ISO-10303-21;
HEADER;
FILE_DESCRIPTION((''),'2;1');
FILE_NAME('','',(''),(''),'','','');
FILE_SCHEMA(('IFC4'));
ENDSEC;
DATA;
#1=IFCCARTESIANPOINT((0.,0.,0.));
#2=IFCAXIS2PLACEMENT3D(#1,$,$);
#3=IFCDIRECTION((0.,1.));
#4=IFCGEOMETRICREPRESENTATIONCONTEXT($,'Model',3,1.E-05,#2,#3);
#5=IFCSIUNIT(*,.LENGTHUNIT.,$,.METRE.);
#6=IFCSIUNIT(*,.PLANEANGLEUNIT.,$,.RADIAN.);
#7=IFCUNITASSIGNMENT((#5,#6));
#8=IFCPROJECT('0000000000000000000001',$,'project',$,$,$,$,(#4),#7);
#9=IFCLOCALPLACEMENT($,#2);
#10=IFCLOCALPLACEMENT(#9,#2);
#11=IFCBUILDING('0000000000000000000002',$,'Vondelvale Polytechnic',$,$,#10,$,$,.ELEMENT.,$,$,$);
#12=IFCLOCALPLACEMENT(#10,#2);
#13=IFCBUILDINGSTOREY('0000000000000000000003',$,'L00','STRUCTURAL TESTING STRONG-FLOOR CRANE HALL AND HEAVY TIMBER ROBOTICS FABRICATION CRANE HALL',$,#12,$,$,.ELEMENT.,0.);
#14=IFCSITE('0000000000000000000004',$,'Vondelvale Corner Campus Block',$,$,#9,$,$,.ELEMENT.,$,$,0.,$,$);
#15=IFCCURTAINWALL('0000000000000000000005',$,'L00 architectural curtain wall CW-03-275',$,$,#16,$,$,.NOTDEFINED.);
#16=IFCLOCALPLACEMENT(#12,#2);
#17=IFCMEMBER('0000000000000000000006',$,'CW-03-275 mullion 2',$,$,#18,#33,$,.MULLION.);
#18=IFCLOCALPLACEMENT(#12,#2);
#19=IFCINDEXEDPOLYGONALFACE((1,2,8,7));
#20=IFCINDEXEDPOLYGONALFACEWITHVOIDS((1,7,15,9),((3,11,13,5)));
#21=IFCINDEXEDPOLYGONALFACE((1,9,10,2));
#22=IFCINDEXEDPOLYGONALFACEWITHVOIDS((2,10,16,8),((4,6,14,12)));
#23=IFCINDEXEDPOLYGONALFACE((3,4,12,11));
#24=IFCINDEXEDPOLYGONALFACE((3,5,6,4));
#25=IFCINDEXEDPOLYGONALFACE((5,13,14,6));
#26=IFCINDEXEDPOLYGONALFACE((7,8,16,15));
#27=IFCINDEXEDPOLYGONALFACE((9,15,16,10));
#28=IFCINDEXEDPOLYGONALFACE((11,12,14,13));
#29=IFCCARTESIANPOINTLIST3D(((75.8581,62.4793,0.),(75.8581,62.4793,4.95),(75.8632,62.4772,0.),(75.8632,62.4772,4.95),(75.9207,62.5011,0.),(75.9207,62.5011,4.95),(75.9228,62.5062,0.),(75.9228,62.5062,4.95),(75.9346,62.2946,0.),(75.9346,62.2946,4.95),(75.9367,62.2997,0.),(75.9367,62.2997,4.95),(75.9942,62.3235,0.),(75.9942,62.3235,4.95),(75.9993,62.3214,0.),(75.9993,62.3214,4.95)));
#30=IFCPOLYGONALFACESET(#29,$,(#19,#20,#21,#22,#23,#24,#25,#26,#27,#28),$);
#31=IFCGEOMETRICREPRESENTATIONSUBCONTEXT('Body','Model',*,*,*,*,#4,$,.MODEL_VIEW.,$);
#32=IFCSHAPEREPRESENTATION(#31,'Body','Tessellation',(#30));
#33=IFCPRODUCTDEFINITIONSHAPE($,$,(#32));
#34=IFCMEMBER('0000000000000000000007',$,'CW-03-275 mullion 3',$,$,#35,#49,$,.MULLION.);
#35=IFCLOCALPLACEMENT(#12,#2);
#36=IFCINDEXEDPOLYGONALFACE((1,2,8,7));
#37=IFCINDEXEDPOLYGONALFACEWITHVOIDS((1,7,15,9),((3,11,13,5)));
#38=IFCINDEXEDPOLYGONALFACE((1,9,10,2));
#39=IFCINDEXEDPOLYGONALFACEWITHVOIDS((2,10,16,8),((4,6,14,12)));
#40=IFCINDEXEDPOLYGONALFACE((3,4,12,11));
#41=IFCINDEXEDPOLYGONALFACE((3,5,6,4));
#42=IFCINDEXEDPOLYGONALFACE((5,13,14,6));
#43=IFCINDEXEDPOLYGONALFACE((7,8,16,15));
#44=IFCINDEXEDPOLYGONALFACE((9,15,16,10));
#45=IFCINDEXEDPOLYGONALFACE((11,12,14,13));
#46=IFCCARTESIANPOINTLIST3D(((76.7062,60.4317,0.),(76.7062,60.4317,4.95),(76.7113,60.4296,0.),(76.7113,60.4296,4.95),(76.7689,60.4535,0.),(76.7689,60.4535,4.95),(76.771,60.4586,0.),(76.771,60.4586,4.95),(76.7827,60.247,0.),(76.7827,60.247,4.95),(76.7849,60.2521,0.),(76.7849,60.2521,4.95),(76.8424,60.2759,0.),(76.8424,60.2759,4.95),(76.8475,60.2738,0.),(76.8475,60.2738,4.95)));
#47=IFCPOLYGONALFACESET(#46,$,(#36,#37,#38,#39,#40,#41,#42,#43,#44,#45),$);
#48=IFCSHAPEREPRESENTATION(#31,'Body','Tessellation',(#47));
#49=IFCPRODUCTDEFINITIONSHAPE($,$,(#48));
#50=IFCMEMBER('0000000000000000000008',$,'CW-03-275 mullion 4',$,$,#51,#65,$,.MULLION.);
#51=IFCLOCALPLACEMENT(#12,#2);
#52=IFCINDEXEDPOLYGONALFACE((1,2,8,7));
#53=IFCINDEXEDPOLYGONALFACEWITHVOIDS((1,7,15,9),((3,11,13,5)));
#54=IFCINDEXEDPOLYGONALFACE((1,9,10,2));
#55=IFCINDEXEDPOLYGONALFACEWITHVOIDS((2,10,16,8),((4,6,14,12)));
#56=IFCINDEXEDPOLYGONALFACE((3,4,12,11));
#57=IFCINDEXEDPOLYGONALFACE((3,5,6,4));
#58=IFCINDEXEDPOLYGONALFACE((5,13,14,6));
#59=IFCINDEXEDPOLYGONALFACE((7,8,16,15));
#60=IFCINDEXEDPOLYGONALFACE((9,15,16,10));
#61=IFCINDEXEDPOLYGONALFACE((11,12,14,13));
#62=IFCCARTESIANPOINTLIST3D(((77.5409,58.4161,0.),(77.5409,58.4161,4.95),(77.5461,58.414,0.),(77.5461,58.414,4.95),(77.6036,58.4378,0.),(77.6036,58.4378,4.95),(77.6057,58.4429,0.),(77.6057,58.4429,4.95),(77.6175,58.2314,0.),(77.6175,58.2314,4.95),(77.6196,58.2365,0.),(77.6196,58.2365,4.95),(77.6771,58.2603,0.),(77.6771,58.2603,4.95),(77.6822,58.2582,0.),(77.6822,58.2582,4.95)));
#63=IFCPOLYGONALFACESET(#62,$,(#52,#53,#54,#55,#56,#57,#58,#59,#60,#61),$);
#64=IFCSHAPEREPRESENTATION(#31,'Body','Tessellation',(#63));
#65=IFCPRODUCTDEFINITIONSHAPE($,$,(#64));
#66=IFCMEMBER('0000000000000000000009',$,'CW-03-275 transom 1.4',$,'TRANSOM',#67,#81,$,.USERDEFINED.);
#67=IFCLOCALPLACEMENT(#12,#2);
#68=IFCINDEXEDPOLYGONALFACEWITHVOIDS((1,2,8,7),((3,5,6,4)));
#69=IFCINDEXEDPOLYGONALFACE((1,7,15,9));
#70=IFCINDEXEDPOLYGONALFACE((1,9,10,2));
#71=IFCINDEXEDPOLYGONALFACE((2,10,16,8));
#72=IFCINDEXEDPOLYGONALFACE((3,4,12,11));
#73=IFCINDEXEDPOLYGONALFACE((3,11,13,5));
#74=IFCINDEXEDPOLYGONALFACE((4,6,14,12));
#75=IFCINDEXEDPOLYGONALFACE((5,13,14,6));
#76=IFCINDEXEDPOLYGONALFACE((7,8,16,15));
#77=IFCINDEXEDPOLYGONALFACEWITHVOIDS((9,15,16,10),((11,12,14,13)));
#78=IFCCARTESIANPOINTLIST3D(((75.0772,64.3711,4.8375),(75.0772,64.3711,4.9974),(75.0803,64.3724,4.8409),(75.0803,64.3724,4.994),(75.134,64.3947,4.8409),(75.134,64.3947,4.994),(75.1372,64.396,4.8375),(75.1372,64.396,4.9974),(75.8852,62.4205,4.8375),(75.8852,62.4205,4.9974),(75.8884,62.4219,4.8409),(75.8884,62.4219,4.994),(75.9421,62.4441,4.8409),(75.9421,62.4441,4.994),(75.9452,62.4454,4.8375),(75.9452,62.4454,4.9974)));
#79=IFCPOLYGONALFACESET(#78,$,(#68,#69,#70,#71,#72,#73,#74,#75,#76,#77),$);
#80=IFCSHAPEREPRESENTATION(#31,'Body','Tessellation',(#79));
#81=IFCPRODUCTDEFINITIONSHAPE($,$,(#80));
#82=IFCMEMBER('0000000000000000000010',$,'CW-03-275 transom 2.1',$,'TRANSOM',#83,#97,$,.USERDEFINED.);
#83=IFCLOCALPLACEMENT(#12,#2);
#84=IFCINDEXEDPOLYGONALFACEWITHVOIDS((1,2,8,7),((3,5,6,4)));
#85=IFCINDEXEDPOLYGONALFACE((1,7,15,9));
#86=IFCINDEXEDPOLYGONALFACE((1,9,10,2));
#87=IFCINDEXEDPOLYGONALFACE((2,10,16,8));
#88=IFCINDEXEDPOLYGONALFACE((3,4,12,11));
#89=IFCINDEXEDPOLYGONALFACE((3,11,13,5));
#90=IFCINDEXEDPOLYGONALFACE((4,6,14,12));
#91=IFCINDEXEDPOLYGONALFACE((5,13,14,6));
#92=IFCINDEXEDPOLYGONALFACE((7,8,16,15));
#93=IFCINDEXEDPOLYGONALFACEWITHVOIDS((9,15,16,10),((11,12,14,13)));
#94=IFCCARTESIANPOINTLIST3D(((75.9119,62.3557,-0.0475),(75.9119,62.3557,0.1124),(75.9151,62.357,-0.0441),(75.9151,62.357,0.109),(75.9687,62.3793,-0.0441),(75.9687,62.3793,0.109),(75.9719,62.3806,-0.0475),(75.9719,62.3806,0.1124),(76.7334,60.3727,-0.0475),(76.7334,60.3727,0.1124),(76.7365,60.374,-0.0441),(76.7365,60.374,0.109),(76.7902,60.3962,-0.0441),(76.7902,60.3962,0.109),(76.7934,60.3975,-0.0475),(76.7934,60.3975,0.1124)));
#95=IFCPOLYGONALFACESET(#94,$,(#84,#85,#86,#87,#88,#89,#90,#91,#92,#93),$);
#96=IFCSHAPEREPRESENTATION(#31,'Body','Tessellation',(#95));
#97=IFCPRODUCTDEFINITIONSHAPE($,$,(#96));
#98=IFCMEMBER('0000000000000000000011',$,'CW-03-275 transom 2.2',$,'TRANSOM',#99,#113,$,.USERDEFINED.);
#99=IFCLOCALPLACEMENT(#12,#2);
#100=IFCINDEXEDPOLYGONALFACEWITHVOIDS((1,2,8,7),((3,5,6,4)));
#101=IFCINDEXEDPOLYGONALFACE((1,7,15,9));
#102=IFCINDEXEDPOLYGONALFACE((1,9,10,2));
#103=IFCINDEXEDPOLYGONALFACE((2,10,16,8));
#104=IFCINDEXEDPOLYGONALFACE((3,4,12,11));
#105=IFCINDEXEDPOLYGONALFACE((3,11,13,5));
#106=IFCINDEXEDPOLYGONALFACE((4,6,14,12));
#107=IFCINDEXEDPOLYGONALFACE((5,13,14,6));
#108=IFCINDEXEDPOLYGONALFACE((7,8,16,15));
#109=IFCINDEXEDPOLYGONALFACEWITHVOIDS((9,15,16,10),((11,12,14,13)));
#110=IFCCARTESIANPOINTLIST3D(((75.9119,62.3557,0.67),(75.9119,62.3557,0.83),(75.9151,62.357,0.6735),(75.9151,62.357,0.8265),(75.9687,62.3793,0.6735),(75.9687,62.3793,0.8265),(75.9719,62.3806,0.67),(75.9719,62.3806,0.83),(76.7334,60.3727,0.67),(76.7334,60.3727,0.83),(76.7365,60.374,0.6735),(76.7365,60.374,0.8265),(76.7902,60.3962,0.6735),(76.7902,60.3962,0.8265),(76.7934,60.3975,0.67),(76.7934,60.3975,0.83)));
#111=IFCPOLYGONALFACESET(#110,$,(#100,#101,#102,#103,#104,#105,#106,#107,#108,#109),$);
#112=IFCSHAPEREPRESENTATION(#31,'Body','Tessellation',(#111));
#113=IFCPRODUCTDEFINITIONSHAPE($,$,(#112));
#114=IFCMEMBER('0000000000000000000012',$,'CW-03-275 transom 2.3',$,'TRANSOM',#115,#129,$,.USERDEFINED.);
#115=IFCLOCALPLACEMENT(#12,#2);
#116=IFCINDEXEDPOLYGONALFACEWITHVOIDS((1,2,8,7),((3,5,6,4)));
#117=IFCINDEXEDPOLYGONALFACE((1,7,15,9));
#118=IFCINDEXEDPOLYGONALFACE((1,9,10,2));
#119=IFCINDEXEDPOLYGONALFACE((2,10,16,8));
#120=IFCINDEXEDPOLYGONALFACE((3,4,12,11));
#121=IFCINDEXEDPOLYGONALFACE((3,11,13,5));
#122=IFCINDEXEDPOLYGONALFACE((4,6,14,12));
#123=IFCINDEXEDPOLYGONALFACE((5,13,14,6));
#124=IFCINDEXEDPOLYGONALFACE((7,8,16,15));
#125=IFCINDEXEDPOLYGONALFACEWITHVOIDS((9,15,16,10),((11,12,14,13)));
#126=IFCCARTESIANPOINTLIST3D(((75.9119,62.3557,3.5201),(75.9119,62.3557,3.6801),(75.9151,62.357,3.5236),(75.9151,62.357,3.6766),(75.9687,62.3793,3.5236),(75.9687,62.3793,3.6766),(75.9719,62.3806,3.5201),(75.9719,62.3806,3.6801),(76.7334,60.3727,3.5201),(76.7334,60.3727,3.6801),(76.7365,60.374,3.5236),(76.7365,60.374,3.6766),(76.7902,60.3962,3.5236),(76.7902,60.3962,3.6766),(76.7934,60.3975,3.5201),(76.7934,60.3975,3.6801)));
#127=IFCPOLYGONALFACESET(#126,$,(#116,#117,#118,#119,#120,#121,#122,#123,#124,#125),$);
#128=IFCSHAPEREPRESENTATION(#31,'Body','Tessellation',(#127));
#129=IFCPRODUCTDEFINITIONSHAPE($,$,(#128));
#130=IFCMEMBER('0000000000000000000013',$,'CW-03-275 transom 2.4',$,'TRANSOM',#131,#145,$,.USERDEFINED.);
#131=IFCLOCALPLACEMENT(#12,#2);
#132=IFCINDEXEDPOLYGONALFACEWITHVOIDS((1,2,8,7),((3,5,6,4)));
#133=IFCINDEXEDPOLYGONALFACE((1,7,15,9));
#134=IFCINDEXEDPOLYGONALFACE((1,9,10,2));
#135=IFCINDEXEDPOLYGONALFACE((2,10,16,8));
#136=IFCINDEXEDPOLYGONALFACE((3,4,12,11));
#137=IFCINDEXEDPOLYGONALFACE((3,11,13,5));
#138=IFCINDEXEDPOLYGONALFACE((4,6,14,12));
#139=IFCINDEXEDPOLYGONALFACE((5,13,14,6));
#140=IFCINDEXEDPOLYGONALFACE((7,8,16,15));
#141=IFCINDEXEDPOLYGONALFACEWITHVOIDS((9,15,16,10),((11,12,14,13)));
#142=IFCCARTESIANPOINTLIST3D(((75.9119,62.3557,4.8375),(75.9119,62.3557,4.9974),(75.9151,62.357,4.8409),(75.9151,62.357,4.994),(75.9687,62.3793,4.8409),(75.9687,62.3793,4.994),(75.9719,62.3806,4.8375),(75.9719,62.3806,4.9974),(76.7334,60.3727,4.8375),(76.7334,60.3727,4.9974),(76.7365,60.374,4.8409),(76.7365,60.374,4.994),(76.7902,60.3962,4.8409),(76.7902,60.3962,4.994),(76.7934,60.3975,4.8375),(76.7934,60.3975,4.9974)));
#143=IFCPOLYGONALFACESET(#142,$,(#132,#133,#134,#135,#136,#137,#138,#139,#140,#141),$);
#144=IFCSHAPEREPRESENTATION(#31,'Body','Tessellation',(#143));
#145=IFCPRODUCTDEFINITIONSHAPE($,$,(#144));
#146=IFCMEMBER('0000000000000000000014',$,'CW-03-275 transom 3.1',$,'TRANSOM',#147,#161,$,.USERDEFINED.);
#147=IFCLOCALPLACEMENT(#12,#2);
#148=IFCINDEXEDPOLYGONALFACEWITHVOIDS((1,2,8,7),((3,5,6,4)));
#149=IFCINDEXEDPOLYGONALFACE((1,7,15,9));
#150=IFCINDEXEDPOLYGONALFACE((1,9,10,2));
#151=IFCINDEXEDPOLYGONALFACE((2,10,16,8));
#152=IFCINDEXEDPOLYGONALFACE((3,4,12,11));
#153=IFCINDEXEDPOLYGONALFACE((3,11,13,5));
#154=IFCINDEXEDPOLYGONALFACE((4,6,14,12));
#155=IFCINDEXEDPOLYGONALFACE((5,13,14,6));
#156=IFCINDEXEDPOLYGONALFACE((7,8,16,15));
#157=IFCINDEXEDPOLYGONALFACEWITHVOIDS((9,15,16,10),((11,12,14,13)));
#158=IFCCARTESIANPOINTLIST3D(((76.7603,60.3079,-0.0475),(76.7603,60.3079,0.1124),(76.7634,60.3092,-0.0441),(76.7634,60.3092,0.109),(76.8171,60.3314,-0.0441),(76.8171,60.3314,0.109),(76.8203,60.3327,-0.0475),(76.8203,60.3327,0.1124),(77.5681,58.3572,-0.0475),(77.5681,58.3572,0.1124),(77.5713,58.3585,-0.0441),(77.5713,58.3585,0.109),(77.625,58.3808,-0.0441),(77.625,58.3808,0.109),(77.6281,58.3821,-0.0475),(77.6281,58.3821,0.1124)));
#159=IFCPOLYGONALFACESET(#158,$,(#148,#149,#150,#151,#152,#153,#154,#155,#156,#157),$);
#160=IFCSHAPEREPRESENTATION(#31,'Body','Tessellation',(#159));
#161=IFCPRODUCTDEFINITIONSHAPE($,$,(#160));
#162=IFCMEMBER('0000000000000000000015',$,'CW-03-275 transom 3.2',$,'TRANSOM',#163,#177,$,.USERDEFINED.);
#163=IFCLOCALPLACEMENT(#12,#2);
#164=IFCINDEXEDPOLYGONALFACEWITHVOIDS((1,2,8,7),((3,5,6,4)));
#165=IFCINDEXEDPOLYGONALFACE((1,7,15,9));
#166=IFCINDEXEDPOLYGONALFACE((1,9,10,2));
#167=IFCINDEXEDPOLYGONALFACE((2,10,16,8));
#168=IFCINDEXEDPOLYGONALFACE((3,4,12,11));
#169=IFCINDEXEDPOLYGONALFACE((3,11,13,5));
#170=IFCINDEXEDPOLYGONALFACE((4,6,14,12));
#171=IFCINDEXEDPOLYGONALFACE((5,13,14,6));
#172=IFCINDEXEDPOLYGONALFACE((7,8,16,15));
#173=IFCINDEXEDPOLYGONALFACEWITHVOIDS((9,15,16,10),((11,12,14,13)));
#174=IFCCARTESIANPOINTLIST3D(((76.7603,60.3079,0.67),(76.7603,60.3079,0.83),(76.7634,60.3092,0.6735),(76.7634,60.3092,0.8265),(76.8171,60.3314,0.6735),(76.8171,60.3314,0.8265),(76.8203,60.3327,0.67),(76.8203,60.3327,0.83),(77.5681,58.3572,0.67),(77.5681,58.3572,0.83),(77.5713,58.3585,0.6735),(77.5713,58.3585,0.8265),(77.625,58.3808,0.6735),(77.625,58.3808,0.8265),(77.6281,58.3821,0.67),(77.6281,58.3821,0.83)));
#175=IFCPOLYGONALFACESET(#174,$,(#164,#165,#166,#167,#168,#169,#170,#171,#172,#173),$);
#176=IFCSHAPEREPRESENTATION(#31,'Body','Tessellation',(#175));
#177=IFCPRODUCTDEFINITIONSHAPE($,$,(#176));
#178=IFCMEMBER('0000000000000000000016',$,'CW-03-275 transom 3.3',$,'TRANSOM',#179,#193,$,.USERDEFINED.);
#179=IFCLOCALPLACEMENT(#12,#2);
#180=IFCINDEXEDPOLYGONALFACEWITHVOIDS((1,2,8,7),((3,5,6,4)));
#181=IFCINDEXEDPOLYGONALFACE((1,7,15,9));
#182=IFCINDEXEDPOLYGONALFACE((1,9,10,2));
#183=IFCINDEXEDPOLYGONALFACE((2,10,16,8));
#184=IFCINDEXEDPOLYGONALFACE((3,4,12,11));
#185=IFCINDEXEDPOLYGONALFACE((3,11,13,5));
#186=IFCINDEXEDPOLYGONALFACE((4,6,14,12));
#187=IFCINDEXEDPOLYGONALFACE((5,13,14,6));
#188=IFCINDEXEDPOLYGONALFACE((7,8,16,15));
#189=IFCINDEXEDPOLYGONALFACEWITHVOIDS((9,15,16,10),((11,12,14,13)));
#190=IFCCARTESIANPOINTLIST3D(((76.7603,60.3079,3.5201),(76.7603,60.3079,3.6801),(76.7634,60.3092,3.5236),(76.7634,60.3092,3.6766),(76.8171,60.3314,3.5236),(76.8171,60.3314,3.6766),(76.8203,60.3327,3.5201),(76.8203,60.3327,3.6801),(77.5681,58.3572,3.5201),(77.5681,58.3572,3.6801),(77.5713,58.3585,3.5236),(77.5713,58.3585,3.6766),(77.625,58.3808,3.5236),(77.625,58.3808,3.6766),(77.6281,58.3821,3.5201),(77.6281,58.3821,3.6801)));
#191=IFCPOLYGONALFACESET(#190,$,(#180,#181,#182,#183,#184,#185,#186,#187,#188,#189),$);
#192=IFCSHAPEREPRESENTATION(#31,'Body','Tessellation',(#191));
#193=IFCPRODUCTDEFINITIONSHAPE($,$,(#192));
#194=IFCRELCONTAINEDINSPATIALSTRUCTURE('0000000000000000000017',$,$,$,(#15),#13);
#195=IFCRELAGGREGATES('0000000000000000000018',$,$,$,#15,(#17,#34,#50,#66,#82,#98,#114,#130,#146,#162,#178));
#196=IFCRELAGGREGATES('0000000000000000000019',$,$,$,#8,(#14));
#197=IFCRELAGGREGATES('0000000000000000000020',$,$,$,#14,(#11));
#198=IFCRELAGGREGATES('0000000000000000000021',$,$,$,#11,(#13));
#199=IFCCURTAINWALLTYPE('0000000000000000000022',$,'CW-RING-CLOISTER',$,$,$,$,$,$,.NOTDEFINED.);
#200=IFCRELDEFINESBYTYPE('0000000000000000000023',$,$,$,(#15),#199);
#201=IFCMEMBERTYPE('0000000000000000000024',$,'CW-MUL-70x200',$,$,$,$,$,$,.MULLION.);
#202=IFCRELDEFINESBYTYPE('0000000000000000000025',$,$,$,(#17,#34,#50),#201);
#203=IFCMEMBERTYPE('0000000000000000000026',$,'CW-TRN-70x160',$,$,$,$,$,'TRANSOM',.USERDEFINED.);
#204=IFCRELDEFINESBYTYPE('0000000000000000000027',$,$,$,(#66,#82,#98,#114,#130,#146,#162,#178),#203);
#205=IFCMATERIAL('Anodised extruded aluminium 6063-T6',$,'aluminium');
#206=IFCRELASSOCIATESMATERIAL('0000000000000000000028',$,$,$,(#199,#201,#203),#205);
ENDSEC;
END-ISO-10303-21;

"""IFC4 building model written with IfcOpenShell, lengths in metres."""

from ifc_helpers import new_model, si_unit, direction, frame, origin, origin_2d, place, context, subcontext, project, spatial, hollow_rectangle, extrude, material, material_profile, profile_set, type_object, element, aggregate, save


model = new_model("IFC4")

# Units and contexts
model_context = context("Model", 3, precision=1e-05, world=origin(), true_north=direction((0.0, 1.0)))
body_context = subcontext(model_context, "Body", "Model", "MODEL_VIEW")
ifc_project = project(units=[si_unit("LENGTHUNIT", "METRE"), si_unit("PLANEANGLEUNIT", "RADIAN")], contexts=[model_context])

# Site, building, storey
site_placement = place(None, origin())
site = spatial("IfcSite", under=ifc_project, at=site_placement, Name="Vondelvale Corner Campus Block", CompositionType="ELEMENT", RefElevation=0.0)
building_placement = place(site_placement, origin())
building = spatial("IfcBuilding", under=site, at=building_placement, Name="Vondelvale Polytechnic", CompositionType="ELEMENT")
storey_placement = place(building_placement, origin())
storey = spatial("IfcBuildingStorey", under=building, at=storey_placement, Name="L00", Description="STRUCTURAL TESTING STRONG-FLOOR CRANE HALL AND HEAVY TIMBER ROBOTICS FABRICATION CRANE HALL", CompositionType="ELEMENT", Elevation=0.0)

# Curtain wall, members
ifc_material_1 = material(Name="Anodised extruded aluminium 6063-T6", Category="aluminium")
curtain_wall_type = type_object("IfcCurtainWallType", Name="CW-RING-CLOISTER", PredefinedType="NOTDEFINED", material=ifc_material_1)
curtain_wall_placement = place(storey_placement, origin())
curtain_wall = element("IfcCurtainWall", 1, at=curtain_wall_placement, inside=storey, type_object=curtain_wall_type, Name="L00 architectural curtain wall CW-03-275", PredefinedType="NOTDEFINED")
ifc_material_profile_1 = material_profile(ifc_material_1, hollow_rectangle(XDim=0.0701, YDim=0.2, WallThickness=0.0039, at=origin_2d()), Name="CW-MUL-200x70")
ifc_profile_set_1 = profile_set([ifc_material_profile_1], Name="Anodised extruded aluminium 6063-T6")
member_type_1 = type_object("IfcMemberType", Name="CW-MUL-70x200", PredefinedType="MULLION", material=ifc_profile_set_1)
member_1_placement = place(storey_placement, frame((75.9287, 62.4004, 0.0), z_axis=(0.0, 0.0, 1.0), x_axis=(0.923882, 0.382679, 0.0)))
member_1 = element("IfcMember", 2, at=member_1_placement, type_object=member_type_1, Name="CW-03-275 mullion 2", PredefinedType="MULLION", context=body_context, shape_type="SweptSolid", body=[
    extrude(hollow_rectangle(XDim=0.0701, YDim=0.2, WallThickness=0.0039, at=origin_2d()), origin(), (0.0, 0.0, 1.0), 4.95),
])
member_2_placement = place(storey_placement, frame((76.7769, 60.3528, 0.0), z_axis=(0.0, 0.0, 1.0), x_axis=(0.923882, 0.382679, 0.0)))
member_2 = element("IfcMember", 3, at=member_2_placement, type_object=member_type_1, Name="CW-03-275 mullion 3", PredefinedType="MULLION", context=body_context, shape_type="SweptSolid", body=[
    extrude(hollow_rectangle(XDim=0.0701, YDim=0.2, WallThickness=0.0039, at=origin_2d()), origin(), (0.0, 0.0, 1.0), 4.95),
])
member_3_placement = place(storey_placement, frame((77.6116, 58.3372, 0.0), z_axis=(0.0, 0.0, 1.0), x_axis=(0.923882, 0.382679, 0.0)))
member_3 = element("IfcMember", 4, at=member_3_placement, type_object=member_type_1, Name="CW-03-275 mullion 4", PredefinedType="MULLION", context=body_context, shape_type="SweptSolid", body=[
    extrude(hollow_rectangle(XDim=0.0701, YDim=0.2, WallThickness=0.0039, at=origin_2d()), origin(), (0.0, 0.0, 1.0), 4.95),
])
ifc_material_profile_2 = material_profile(ifc_material_1, hollow_rectangle(XDim=0.0649, YDim=0.1599, WallThickness=0.0034, at=origin_2d()), Name="CW-TRN-160x65")
ifc_profile_set_2 = profile_set([ifc_material_profile_2], Name="Anodised extruded aluminium 6063-T6")
member_type_2 = type_object("IfcMemberType", Name="CW-TRN-70x160", ElementType="TRANSOM", PredefinedType="USERDEFINED", material=ifc_profile_set_2)
member_4_placement = place(storey_placement, frame((75.1072, 64.3835, 4.9175), z_axis=(0.382726, -0.923862, 0.0), x_axis=(0.923862, 0.382726, 0.0)))
member_4 = element("IfcMember", 5, at=member_4_placement, type_object=member_type_2, Name="CW-03-275 transom 1.4", ObjectType="TRANSOM", PredefinedType="USERDEFINED", context=body_context, shape_type="SweptSolid", body=[
    extrude(hollow_rectangle(XDim=0.0649, YDim=0.1599, WallThickness=0.0034, at=origin_2d()), origin(), (0.0, 0.0, 1.0), 2.1113),
])
member_5_placement = place(storey_placement, frame((75.9419, 62.3682, 0.0325), z_axis=(0.382717, -0.923866, 0.0), x_axis=(0.923866, 0.382717, 0.0)))
member_5 = element("IfcMember", 6, at=member_5_placement, type_object=member_type_2, Name="CW-03-275 transom 2.1", ObjectType="TRANSOM", PredefinedType="USERDEFINED", context=body_context, shape_type="SweptSolid", body=[
    extrude(hollow_rectangle(XDim=0.0649, YDim=0.1599, WallThickness=0.0034, at=origin_2d()), origin(), (0.0, 0.0, 1.0), 2.1465),
])
member_6_placement = place(storey_placement, frame((75.9419, 62.3682, 0.75), z_axis=(0.382717, -0.923866, 0.0), x_axis=(0.923866, 0.382717, 0.0)))
member_6 = element("IfcMember", 7, at=member_6_placement, type_object=member_type_2, Name="CW-03-275 transom 2.2", ObjectType="TRANSOM", PredefinedType="USERDEFINED", context=body_context, shape_type="SweptSolid", body=[
    extrude(hollow_rectangle(XDim=0.0649, YDim=0.1599, WallThickness=0.0034, at=origin_2d()), origin(), (0.0, 0.0, 1.0), 2.1465),
])
member_7_placement = place(storey_placement, frame((75.9419, 62.3682, 3.6001), z_axis=(0.382717, -0.923866, 0.0), x_axis=(0.923866, 0.382717, 0.0)))
member_7 = element("IfcMember", 8, at=member_7_placement, type_object=member_type_2, Name="CW-03-275 transom 2.3", ObjectType="TRANSOM", PredefinedType="USERDEFINED", context=body_context, shape_type="SweptSolid", body=[
    extrude(hollow_rectangle(XDim=0.0649, YDim=0.1599, WallThickness=0.0034, at=origin_2d()), origin(), (0.0, 0.0, 1.0), 2.1465),
])
member_8_placement = place(storey_placement, frame((75.9419, 62.3682, 4.9175), z_axis=(0.382717, -0.923866, 0.0), x_axis=(0.923866, 0.382717, 0.0)))
member_8 = element("IfcMember", 9, at=member_8_placement, type_object=member_type_2, Name="CW-03-275 transom 2.4", ObjectType="TRANSOM", PredefinedType="USERDEFINED", context=body_context, shape_type="SweptSolid", body=[
    extrude(hollow_rectangle(XDim=0.0649, YDim=0.1599, WallThickness=0.0034, at=origin_2d()), origin(), (0.0, 0.0, 1.0), 2.1465),
])
member_9_placement = place(storey_placement, frame((76.7903, 60.3203, 0.0325), z_axis=(0.382628, -0.923903, 0.0), x_axis=(0.923903, 0.382628, 0.0)))
member_9 = element("IfcMember", 10, at=member_9_placement, type_object=member_type_2, Name="CW-03-275 transom 3.1", ObjectType="TRANSOM", PredefinedType="USERDEFINED", context=body_context, shape_type="SweptSolid", body=[
    extrude(hollow_rectangle(XDim=0.0649, YDim=0.1599, WallThickness=0.0034, at=origin_2d()), origin(), (0.0, 0.0, 1.0), 2.1113),
])
member_10_placement = place(storey_placement, frame((76.7903, 60.3203, 0.75), z_axis=(0.382628, -0.923903, 0.0), x_axis=(0.923903, 0.382628, 0.0)))
member_10 = element("IfcMember", 11, at=member_10_placement, type_object=member_type_2, Name="CW-03-275 transom 3.2", ObjectType="TRANSOM", PredefinedType="USERDEFINED", context=body_context, shape_type="SweptSolid", body=[
    extrude(hollow_rectangle(XDim=0.0649, YDim=0.1599, WallThickness=0.0034, at=origin_2d()), origin(), (0.0, 0.0, 1.0), 2.1113),
])
member_11_placement = place(storey_placement, frame((76.7903, 60.3203, 3.6001), z_axis=(0.382628, -0.923903, 0.0), x_axis=(0.923903, 0.382628, 0.0)))
member_11 = element("IfcMember", 12, at=member_11_placement, type_object=member_type_2, Name="CW-03-275 transom 3.3", ObjectType="TRANSOM", PredefinedType="USERDEFINED", context=body_context, shape_type="SweptSolid", body=[
    extrude(hollow_rectangle(XDim=0.0649, YDim=0.1599, WallThickness=0.0034, at=origin_2d()), origin(), (0.0, 0.0, 1.0), 2.1113),
])
aggregate(curtain_wall, [member_1, member_2, member_3, member_4, member_5, member_6, member_7, member_8, member_9, member_10, member_11])

save(model, "model.ifc")
